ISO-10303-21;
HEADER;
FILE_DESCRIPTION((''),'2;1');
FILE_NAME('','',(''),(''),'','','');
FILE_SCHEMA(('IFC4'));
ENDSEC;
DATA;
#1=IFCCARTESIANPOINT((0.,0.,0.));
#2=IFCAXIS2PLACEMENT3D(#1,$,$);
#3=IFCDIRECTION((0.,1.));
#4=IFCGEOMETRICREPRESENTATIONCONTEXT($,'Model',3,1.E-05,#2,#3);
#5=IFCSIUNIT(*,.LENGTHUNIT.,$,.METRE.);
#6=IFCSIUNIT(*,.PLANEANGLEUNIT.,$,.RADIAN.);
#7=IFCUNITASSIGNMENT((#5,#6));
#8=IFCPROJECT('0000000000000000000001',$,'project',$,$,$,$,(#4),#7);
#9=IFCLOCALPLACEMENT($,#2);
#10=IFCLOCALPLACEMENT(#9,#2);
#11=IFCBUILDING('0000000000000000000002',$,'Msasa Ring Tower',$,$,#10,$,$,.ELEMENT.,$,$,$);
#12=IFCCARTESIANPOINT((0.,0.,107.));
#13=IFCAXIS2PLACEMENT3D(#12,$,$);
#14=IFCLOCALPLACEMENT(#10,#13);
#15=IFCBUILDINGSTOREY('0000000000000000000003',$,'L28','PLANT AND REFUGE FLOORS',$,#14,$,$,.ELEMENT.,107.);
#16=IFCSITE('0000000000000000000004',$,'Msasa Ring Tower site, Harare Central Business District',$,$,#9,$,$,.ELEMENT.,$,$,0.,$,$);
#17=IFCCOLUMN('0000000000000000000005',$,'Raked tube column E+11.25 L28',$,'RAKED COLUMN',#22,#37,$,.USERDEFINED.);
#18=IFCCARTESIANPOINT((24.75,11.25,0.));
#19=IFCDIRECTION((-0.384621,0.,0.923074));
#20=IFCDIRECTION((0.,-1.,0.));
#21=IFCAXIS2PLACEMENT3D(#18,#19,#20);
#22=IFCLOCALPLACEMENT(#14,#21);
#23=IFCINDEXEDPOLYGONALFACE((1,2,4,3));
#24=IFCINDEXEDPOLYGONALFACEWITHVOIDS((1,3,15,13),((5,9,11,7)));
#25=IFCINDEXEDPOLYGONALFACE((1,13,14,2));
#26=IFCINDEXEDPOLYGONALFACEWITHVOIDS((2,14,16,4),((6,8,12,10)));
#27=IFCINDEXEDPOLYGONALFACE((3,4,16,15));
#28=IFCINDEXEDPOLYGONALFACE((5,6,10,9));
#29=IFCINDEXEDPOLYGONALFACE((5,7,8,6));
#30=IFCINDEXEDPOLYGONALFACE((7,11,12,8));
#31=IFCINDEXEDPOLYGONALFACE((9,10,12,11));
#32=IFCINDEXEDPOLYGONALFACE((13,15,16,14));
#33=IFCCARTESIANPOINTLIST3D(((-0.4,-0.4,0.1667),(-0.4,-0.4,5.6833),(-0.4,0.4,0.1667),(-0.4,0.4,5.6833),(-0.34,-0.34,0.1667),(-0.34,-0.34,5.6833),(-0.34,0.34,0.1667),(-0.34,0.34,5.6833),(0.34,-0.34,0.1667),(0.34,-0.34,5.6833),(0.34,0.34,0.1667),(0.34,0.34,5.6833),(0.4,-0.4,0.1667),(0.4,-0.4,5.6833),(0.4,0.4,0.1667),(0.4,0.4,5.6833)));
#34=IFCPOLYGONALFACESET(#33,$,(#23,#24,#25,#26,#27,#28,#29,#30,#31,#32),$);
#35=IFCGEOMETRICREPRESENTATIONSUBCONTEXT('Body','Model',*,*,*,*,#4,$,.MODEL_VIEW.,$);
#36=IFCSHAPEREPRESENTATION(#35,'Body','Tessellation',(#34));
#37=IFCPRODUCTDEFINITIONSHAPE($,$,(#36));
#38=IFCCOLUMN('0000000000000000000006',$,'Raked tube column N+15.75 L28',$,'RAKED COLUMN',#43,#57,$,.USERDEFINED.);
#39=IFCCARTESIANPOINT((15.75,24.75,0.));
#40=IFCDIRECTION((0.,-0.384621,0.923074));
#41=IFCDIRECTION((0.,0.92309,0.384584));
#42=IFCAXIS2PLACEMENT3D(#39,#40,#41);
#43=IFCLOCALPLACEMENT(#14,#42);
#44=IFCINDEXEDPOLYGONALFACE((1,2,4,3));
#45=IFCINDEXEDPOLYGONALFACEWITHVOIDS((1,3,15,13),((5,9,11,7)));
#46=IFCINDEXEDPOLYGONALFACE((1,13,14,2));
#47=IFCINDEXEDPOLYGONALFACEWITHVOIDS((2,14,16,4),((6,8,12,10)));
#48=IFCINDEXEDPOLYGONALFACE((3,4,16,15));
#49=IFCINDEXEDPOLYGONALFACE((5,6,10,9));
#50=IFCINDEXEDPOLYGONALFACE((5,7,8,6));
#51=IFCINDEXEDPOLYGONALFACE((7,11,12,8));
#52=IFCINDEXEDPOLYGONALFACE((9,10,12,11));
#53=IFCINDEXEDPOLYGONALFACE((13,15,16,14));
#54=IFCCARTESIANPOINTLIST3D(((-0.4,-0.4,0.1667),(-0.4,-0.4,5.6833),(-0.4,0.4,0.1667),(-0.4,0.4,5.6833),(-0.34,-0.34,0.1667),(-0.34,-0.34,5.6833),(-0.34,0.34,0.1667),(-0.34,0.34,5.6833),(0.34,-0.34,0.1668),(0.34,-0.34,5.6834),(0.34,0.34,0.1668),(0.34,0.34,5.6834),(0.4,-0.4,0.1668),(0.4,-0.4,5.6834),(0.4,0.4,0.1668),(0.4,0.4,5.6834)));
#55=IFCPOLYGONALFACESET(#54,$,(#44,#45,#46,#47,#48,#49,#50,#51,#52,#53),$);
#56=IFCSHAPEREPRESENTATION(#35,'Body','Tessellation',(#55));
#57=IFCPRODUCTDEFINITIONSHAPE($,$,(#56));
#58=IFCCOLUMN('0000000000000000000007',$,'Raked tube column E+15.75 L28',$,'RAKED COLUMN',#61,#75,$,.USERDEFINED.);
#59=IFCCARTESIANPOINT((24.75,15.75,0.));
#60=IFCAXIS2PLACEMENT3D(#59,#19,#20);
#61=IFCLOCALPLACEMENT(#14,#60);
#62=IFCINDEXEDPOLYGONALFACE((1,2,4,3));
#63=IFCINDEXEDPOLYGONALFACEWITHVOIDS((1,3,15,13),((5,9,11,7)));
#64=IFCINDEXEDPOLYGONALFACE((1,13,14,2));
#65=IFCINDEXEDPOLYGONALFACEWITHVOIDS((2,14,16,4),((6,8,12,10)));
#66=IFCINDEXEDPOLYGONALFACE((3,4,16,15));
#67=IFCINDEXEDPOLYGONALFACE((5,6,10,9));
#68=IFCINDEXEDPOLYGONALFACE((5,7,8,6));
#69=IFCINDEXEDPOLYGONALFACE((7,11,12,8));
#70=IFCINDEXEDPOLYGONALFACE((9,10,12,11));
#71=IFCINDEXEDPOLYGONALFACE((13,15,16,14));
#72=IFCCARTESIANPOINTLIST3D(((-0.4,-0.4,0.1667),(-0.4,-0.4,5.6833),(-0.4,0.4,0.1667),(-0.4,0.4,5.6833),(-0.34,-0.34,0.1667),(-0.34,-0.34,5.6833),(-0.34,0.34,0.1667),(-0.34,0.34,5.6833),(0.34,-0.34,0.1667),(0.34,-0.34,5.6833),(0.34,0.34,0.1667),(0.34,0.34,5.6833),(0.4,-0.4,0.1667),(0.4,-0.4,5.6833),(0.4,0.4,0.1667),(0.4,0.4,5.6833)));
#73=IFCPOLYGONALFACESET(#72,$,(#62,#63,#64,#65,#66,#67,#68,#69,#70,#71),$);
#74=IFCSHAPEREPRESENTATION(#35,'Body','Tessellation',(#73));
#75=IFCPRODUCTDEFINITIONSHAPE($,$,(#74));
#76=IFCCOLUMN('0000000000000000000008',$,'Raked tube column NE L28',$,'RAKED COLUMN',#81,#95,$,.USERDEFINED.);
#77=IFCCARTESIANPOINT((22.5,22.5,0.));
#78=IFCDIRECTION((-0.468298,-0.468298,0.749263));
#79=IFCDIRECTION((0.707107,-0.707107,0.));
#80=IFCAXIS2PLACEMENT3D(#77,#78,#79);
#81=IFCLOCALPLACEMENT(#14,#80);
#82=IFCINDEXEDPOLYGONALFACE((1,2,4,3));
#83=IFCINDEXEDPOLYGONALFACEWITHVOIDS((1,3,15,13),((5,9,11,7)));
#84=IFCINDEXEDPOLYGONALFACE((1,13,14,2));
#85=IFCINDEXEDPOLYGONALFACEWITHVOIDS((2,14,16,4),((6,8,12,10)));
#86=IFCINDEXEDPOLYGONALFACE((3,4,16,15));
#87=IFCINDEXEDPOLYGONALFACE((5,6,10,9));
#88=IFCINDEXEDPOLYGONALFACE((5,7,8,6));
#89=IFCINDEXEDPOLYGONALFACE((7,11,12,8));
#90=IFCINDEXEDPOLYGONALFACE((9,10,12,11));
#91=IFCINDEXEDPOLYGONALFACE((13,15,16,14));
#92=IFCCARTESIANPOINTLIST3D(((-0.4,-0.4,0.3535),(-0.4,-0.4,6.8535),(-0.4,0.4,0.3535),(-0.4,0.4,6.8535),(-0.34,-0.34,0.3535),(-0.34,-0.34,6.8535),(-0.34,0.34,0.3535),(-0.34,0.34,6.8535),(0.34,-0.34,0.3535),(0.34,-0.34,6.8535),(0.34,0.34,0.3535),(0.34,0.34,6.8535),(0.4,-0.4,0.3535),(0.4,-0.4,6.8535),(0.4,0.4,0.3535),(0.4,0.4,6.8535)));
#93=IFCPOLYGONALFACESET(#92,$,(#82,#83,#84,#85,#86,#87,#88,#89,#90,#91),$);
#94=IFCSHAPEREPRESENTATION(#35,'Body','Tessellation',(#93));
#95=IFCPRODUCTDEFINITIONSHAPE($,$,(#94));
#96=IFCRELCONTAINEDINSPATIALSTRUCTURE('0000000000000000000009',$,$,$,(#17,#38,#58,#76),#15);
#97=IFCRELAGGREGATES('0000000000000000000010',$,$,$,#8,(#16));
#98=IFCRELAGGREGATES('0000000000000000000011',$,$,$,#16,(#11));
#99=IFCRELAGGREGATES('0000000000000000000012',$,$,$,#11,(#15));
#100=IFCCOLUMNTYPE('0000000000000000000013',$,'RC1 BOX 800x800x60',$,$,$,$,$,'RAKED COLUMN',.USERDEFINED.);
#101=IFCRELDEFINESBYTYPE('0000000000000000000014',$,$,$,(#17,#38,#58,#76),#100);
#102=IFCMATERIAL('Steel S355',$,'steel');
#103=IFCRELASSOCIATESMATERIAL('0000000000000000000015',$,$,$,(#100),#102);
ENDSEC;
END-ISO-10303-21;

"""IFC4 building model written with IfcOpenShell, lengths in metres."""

from ifc_helpers import new_model, si_unit, direction, frame, origin, origin_2d, place, context, subcontext, project, spatial, hollow_rectangle, extrude, clip, halfspace, material, material_profile, profile_set, type_object, element, save


model = new_model("IFC4")

# Units and contexts
model_context = context("Model", 3, precision=1e-05, world=origin(), true_north=direction((0.0, 1.0)))
body_context = subcontext(model_context, "Body", "Model", "MODEL_VIEW")
ifc_project = project(units=[si_unit("LENGTHUNIT", "METRE"), si_unit("PLANEANGLEUNIT", "RADIAN")], contexts=[model_context])

# Site, building, storey
site_placement = place(None, origin())
site = spatial("IfcSite", under=ifc_project, at=site_placement, Name="Msasa Ring Tower site, Harare Central Business District", CompositionType="ELEMENT", RefElevation=0.0)
building_placement = place(site_placement, origin())
building = spatial("IfcBuilding", under=site, at=building_placement, Name="Msasa Ring Tower", CompositionType="ELEMENT")
storey_placement = place(building_placement, frame((0.0, 0.0, 107.0)))
storey = spatial("IfcBuildingStorey", under=building, at=storey_placement, Name="L28", Description="PLANT AND REFUGE FLOORS", CompositionType="ELEMENT", Elevation=107.0)

# Columns
ifc_material_1 = material(Name="Steel S355", Category="steel")
ifc_material_profile_1 = material_profile(ifc_material_1, hollow_rectangle(XDim=0.8, YDim=0.8, WallThickness=0.0601, at=origin_2d()), Name="BOX 800x800x60")
ifc_profile_set_1 = profile_set([ifc_material_profile_1], Name="Steel S355")
column_type = type_object("IfcColumnType", Name="RC1 BOX 800x800x60", ElementType="RAKED COLUMN", PredefinedType="USERDEFINED", material=ifc_profile_set_1)
for number, where, z_axis, x_axis, name in (
    (1, (24.75, 11.25, 0.0), (-0.384621, 0.0, 0.923074), (0.0, -1.0, 0.0), "Raked tube column E+11.25 L28"),
    (2, (15.75, 24.75, 0.0), (0.0, -0.384621, 0.923074), (0.0, 0.92309, 0.384584), "Raked tube column N+15.75 L28"),
    (3, (24.75, 15.75, 0.0), (-0.384621, 0.0, 0.923074), (0.0, -1.0, 0.0), "Raked tube column E+15.75 L28"),
):
    element("IfcColumn", number, at=place(storey_placement, frame(where, z_axis=z_axis, x_axis=x_axis)), inside=storey, type_object=column_type, Name=name, ObjectType="RAKED COLUMN", PredefinedType="USERDEFINED", context=body_context, shape_type="Clipping", body=[
        clip(clip(extrude(hollow_rectangle(XDim=0.8, YDim=0.8, WallThickness=0.0601, at=origin_2d()), origin(), (0.0, 0.0, 1.0), 5.8499), halfspace(frame((0.0, 0.0, 0.1667), z_axis=(0.0, 0.0, 1.0)), True)), halfspace(frame((0.0, 0.0, 5.6833), z_axis=(0.0, 0.0, -1.0)), True)),
    ])
column_placement = place(storey_placement, frame((22.5, 22.5, 0.0), z_axis=(-0.468298, -0.468298, 0.749263), x_axis=(0.707107, -0.707107, 0.0)))
element("IfcColumn", 4, at=column_placement, inside=storey, type_object=column_type, Name="Raked tube column NE L28", ObjectType="RAKED COLUMN", PredefinedType="USERDEFINED", context=body_context, shape_type="Clipping", body=[
    clip(clip(extrude(hollow_rectangle(XDim=0.8, YDim=0.8, WallThickness=0.0601, at=origin_2d()), origin(), (0.0, 0.0, 1.0), 7.207), halfspace(frame((0.0, 0.0, 0.3535), z_axis=(0.0, 0.0, 1.0)), True)), halfspace(frame((0.0, 0.0, 6.8535), z_axis=(0.0, 0.0, -1.0)), True)),
])

save(model, "model.ifc")
